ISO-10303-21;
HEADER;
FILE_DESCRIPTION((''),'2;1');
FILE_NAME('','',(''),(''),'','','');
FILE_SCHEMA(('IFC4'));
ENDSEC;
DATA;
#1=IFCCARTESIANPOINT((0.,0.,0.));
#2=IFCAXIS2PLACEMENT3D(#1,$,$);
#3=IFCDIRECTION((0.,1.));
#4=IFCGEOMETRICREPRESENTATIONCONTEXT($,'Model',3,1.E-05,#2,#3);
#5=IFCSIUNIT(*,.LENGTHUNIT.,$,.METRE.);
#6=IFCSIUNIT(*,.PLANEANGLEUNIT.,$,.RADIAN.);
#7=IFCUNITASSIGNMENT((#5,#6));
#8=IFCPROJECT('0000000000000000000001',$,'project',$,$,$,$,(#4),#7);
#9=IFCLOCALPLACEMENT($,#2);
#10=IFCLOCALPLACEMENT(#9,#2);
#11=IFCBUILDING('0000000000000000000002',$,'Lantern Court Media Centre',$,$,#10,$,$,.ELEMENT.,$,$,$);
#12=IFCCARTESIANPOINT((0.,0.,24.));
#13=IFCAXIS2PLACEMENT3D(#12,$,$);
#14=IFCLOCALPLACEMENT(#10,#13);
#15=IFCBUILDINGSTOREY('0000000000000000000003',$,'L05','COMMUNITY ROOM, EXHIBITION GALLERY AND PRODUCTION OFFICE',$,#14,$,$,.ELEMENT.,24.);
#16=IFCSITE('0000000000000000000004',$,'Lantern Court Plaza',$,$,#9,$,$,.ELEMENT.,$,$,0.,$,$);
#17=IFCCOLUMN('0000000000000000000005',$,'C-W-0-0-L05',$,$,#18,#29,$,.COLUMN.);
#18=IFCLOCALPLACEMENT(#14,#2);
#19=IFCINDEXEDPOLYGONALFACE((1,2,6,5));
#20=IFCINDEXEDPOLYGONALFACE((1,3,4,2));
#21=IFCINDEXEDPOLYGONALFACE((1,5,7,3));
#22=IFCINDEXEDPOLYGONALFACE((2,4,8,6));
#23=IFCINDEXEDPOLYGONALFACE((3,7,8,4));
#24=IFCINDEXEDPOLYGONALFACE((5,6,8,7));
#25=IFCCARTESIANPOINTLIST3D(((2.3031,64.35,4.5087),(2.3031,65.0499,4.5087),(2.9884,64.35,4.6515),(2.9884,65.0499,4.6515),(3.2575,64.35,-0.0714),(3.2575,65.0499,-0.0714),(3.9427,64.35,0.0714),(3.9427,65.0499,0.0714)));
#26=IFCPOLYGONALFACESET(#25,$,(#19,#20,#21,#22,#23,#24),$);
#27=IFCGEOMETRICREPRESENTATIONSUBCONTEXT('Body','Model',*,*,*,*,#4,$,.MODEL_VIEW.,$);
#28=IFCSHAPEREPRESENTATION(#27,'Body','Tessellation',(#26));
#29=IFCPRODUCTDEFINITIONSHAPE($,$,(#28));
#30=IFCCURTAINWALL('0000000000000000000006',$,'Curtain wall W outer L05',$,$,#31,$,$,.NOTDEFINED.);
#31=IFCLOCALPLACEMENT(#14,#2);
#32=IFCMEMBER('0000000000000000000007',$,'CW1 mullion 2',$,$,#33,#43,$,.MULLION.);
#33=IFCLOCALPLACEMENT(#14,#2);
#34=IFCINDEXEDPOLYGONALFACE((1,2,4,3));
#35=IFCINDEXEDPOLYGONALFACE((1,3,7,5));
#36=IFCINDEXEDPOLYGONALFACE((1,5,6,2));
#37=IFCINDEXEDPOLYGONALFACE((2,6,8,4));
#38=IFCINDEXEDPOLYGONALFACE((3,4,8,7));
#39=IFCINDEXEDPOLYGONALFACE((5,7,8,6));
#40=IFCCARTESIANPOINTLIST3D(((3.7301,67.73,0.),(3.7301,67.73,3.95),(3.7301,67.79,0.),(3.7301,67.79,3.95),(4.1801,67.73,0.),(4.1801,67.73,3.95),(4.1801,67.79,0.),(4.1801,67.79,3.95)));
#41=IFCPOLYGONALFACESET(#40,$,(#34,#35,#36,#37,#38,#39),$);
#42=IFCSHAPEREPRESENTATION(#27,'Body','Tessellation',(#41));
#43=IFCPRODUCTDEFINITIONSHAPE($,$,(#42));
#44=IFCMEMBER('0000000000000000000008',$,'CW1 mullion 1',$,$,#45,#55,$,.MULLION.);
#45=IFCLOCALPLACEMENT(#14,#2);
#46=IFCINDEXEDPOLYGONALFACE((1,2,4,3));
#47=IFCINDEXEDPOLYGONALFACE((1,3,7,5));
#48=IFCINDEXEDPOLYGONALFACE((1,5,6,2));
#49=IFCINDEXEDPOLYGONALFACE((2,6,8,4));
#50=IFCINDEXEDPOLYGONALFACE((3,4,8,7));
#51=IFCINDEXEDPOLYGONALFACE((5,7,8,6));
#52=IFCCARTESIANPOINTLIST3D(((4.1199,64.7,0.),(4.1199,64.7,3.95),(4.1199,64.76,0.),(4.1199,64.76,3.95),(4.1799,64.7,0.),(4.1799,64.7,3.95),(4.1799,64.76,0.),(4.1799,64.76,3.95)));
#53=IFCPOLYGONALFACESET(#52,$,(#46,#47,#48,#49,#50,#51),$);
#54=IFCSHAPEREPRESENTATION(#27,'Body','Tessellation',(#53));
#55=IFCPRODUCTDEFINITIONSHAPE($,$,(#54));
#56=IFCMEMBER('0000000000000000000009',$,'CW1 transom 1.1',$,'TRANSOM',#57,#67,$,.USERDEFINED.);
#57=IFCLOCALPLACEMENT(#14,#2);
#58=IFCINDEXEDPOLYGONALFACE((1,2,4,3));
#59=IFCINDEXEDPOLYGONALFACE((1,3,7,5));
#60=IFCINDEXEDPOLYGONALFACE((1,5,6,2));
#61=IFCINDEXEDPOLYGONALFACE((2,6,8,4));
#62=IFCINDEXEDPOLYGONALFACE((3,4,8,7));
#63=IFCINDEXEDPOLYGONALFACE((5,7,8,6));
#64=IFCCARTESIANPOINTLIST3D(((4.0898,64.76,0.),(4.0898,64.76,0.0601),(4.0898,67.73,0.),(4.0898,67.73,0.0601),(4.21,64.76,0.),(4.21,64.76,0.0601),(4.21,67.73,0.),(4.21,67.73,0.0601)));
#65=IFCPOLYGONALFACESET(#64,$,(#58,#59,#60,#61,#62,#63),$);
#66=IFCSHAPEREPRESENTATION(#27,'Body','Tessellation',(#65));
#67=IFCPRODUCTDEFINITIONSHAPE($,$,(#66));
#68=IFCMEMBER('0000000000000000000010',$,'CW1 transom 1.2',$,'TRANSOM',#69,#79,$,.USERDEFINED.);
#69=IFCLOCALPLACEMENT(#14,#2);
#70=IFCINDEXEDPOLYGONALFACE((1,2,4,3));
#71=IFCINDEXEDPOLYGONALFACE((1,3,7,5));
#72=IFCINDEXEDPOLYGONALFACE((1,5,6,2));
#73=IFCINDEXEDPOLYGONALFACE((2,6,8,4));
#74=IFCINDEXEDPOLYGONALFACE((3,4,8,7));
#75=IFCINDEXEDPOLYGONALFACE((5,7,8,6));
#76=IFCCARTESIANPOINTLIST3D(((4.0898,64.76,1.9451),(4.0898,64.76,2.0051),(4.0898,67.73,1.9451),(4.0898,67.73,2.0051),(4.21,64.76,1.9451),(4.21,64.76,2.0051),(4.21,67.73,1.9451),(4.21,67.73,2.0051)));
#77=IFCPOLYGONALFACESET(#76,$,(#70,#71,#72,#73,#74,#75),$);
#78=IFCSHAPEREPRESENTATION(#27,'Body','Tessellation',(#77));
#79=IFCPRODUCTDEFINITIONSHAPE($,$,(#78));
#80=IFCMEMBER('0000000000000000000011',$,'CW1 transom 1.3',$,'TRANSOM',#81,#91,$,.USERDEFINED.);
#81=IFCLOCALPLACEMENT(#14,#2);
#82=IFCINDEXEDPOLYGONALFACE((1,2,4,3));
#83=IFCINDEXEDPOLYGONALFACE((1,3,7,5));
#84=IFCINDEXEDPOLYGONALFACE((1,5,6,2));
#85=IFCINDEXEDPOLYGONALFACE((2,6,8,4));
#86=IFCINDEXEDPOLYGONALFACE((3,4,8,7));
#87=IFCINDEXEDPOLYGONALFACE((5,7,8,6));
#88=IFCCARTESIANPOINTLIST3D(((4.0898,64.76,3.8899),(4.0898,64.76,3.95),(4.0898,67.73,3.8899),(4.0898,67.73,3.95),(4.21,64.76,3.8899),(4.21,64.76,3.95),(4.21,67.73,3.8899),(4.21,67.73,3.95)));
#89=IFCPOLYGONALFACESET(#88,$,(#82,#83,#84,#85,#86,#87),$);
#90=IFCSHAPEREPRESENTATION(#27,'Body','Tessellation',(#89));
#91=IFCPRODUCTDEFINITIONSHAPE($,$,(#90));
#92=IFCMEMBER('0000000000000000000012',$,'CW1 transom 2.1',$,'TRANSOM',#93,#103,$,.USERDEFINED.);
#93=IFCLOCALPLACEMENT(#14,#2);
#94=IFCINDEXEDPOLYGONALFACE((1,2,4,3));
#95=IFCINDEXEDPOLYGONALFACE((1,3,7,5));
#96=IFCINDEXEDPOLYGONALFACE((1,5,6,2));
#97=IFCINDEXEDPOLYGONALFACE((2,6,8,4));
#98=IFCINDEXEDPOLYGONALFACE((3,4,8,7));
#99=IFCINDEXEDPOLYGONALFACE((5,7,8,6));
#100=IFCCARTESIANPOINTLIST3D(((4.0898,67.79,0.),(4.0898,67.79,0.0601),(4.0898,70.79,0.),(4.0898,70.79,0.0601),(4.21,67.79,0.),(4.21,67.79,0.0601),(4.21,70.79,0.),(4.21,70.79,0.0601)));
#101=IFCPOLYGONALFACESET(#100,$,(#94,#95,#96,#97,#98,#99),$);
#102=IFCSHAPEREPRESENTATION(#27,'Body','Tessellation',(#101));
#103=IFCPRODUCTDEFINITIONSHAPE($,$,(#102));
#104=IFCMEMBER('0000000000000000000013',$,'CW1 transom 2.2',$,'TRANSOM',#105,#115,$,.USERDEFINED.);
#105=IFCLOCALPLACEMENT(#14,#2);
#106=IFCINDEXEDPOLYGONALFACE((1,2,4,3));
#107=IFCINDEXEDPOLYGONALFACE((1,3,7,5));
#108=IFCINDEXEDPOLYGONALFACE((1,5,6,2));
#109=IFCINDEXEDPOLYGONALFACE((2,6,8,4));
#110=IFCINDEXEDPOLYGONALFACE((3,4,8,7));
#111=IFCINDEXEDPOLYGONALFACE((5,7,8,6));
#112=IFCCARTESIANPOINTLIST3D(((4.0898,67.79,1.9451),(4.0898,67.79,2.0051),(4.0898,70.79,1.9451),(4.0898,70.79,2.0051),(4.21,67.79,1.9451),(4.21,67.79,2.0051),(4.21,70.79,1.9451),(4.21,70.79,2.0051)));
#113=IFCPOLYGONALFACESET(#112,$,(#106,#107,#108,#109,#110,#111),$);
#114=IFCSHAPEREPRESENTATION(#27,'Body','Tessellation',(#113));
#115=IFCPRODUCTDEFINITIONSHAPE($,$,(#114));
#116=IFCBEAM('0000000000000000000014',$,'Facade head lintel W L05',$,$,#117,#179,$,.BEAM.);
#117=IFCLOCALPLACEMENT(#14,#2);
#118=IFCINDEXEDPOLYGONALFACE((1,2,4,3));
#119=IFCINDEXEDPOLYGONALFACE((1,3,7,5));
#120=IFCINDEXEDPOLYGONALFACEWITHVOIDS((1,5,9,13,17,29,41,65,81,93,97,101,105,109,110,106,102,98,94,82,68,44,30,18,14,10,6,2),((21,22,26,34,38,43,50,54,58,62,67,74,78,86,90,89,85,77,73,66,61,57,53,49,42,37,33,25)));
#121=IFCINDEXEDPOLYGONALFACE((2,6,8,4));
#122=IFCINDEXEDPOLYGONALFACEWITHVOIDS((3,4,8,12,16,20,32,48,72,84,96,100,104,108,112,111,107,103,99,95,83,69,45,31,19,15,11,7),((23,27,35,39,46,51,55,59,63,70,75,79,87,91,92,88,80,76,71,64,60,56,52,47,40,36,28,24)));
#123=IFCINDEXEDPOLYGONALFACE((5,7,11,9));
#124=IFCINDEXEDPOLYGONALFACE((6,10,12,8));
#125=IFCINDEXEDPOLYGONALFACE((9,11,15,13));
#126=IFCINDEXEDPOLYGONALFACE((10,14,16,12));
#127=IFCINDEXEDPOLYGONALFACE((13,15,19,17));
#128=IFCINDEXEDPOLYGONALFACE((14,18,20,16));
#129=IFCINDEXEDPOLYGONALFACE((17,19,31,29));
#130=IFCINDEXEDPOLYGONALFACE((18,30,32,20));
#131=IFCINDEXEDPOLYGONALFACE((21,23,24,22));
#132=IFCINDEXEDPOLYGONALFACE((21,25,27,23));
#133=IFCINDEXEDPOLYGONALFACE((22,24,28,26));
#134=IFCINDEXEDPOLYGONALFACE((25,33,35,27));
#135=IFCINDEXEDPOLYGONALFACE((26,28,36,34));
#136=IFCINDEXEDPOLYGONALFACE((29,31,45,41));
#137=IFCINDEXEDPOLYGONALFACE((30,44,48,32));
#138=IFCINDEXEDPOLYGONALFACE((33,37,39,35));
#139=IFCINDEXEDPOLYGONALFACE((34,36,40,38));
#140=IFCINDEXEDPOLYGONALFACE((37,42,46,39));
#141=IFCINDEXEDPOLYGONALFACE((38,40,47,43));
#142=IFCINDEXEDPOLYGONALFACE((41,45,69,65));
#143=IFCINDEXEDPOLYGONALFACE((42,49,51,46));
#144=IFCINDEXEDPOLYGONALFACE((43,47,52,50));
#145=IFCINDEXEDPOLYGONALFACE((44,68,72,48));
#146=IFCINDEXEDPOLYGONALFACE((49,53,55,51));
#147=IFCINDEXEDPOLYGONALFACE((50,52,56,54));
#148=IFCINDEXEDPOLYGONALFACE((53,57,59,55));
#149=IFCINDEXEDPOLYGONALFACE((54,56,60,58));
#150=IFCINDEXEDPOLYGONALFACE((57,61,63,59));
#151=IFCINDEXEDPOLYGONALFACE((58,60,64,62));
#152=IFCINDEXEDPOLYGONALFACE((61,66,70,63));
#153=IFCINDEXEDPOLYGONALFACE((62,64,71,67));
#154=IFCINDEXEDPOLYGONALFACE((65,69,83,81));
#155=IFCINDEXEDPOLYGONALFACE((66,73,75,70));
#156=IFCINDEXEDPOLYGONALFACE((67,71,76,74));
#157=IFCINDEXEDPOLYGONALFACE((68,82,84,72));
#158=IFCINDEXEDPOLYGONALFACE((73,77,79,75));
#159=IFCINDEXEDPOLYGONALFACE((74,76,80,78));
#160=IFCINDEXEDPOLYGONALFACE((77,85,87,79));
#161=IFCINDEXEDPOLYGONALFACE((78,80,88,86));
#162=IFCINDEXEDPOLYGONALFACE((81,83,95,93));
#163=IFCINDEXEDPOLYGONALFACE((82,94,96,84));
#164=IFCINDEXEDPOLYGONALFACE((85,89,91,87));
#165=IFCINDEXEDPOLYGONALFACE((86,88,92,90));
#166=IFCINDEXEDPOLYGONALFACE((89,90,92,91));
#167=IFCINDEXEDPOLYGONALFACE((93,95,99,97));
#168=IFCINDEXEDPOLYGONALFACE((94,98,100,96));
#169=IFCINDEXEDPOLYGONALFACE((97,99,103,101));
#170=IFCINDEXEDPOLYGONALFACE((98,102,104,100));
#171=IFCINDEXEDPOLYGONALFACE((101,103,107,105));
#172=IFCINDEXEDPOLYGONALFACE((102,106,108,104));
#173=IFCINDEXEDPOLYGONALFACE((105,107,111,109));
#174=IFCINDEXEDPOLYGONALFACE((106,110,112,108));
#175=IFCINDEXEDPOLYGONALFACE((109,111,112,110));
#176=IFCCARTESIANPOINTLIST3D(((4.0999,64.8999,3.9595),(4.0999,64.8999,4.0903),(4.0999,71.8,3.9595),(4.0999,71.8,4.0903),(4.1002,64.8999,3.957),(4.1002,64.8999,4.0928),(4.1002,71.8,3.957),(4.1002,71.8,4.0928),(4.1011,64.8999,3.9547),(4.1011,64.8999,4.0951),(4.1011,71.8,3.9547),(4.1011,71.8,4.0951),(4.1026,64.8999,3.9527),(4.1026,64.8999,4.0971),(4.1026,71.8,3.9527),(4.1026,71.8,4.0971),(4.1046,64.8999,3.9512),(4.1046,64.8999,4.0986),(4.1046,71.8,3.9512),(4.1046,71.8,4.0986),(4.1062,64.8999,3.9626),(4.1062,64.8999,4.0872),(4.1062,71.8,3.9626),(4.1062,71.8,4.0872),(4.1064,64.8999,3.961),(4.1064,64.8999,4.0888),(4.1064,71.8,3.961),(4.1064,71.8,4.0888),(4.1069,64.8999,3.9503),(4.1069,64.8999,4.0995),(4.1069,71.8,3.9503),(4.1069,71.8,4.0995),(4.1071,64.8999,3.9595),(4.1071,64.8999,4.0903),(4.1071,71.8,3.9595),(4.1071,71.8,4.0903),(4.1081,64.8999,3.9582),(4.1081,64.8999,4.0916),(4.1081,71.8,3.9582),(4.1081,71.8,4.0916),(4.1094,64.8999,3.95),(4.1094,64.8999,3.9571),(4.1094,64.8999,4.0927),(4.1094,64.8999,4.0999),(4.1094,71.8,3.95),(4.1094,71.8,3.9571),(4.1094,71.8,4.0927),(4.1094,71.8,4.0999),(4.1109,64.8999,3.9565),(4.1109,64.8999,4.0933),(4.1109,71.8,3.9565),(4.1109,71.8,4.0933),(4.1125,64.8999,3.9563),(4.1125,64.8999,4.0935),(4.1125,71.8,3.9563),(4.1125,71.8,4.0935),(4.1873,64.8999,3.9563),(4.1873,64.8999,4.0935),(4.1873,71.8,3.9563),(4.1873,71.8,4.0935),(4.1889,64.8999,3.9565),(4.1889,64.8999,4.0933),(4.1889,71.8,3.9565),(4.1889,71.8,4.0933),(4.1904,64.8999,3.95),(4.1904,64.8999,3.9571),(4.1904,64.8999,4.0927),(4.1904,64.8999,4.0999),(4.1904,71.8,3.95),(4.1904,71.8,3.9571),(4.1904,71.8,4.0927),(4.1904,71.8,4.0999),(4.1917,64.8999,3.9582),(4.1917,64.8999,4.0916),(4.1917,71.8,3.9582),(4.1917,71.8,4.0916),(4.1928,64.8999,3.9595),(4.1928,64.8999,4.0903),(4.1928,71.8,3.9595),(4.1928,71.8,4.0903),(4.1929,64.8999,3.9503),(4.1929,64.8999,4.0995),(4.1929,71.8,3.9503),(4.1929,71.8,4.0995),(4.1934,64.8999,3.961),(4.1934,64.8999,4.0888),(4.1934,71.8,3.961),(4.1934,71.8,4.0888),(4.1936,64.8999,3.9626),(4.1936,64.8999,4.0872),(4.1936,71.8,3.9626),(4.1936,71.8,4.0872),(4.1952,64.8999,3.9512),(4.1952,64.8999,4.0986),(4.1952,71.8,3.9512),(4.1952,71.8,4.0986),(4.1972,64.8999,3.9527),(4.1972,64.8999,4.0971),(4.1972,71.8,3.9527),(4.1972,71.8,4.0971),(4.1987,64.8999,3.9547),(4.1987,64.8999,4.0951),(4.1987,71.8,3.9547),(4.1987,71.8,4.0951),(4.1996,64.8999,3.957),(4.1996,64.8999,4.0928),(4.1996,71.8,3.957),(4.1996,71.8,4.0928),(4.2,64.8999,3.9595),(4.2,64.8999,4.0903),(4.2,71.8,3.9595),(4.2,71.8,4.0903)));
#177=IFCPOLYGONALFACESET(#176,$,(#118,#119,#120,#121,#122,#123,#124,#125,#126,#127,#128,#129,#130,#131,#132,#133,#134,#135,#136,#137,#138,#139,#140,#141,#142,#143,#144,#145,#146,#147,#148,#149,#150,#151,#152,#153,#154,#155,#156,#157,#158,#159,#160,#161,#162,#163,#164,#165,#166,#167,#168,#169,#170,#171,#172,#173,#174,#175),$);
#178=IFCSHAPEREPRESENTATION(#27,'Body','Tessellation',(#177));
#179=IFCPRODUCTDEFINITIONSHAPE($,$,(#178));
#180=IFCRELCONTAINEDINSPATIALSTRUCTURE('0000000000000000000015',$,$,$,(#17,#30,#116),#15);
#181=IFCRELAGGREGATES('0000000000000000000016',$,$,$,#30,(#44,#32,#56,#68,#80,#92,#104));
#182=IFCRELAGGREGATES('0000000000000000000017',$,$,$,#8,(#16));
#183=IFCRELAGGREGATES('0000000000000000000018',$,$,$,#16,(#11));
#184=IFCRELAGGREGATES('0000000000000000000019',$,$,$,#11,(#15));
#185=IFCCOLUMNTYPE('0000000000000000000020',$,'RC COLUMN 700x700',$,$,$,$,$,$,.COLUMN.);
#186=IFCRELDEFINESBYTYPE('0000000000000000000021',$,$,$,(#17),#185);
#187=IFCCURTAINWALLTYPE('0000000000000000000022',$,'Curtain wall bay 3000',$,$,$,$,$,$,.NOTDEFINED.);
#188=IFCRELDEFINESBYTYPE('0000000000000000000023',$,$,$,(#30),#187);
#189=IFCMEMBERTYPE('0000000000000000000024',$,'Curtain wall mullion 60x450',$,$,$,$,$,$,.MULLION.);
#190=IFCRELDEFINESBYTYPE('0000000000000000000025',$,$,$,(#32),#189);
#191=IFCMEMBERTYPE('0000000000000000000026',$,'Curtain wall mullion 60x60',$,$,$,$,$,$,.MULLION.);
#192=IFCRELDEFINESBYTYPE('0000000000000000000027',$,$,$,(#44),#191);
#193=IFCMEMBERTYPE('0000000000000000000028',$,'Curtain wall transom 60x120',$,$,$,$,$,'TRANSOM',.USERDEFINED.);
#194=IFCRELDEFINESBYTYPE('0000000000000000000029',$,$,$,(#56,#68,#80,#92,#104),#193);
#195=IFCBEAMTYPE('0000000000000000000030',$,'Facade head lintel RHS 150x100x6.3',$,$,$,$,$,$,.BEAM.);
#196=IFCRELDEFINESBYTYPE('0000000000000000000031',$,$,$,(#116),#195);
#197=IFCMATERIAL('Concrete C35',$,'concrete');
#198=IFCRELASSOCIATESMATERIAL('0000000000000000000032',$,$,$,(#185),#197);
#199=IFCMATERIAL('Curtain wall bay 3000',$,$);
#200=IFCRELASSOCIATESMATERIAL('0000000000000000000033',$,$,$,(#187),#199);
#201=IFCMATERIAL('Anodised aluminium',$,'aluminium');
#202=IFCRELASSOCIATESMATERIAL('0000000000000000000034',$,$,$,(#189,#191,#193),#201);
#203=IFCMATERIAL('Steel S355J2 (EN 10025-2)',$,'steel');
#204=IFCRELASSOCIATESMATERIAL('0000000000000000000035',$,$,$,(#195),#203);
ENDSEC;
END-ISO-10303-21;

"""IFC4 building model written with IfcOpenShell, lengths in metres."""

from ifc_helpers import new_model, si_unit, direction, frame, origin, origin_2d, place, context, subcontext, project, spatial, rectangle, hollow_rectangle, extrude, material, material_profile, profile_set, type_object, element, aggregate, save


model = new_model("IFC4")

# Units and contexts
model_context = context("Model", 3, precision=1e-05, world=origin(), true_north=direction((0.0, 1.0)))
body_context = subcontext(model_context, "Body", "Model", "MODEL_VIEW")
ifc_project = project(units=[si_unit("LENGTHUNIT", "METRE"), si_unit("PLANEANGLEUNIT", "RADIAN")], contexts=[model_context])

# Site, building, storey
site_placement = place(None, origin())
site = spatial("IfcSite", under=ifc_project, at=site_placement, Name="Lantern Court Plaza", CompositionType="ELEMENT", RefElevation=0.0)
building_placement = place(site_placement, origin())
building = spatial("IfcBuilding", under=site, at=building_placement, Name="Lantern Court Media Centre", CompositionType="ELEMENT")
storey_placement = place(building_placement, frame((0.0, 0.0, 24.0)))
storey = spatial("IfcBuildingStorey", under=building, at=storey_placement, Name="L05", Description="COMMUNITY ROOM, EXHIBITION GALLERY AND PRODUCTION OFFICE", CompositionType="ELEMENT", Elevation=24.0)

# Column
ifc_material_1 = material(Name="Concrete C35", Category="concrete")
ifc_material_profile_1 = material_profile(ifc_material_1, rectangle(XDim=0.7, YDim=0.7, at=origin_2d()), Name="RC 700x700")
ifc_profile_set_1 = profile_set([ifc_material_profile_1], Name="Concrete C35")
column_type = type_object("IfcColumnType", Name="RC COLUMN 700x700", PredefinedType="COLUMN", material=ifc_profile_set_1)
column_placement = place(storey_placement, frame((3.6001, 64.7, 0.0), z_axis=(-0.203988, 0.0, 0.978973), x_axis=(0.0, -1.0, 0.0)))
element("IfcColumn", 1, at=column_placement, inside=storey, type_object=column_type, Name="C-W-0-0-L05", PredefinedType="COLUMN", context=body_context, shape_type="SweptSolid", body=[
    extrude(rectangle(XDim=0.7, YDim=0.7, at=origin_2d()), origin(), (0.0, 0.0, 1.0), 4.6785),
])

# Curtain wall, members
ifc_material_2 = material(Name="Curtain wall bay 3000")
curtain_wall_type = type_object("IfcCurtainWallType", Name="Curtain wall bay 3000", PredefinedType="NOTDEFINED", material=ifc_material_2)
curtain_wall_placement = place(storey_placement, origin())
curtain_wall = element("IfcCurtainWall", 2, at=curtain_wall_placement, inside=storey, type_object=curtain_wall_type, Name="Curtain wall W outer L05", PredefinedType="NOTDEFINED")
ifc_material_3 = material(Name="Anodised aluminium", Category="aluminium")
ifc_material_profile_2 = material_profile(ifc_material_3, rectangle(XDim=0.45, YDim=0.0601, at=origin_2d()), Name="AL 60x450")
ifc_profile_set_2 = profile_set([ifc_material_profile_2], Name="Anodised aluminium")
member_type_1 = type_object("IfcMemberType", Name="Curtain wall mullion 60x450", PredefinedType="MULLION", material=ifc_profile_set_2)
member_1_placement = place(storey_placement, frame((3.9551, 67.76, 0.0), z_axis=(0.0, 0.0, 1.0), x_axis=(-1.0, 0.0, 0.0)))
member_1 = element("IfcMember", 3, at=member_1_placement, type_object=member_type_1, Name="CW1 mullion 2", PredefinedType="MULLION", context=body_context, shape_type="SweptSolid", body=[
    extrude(rectangle(XDim=0.45, YDim=0.0601, at=origin_2d()), origin(), (0.0, 0.0, 1.0), 3.95),
])
ifc_material_profile_3 = material_profile(ifc_material_3, rectangle(XDim=0.0601, YDim=0.0601, at=origin_2d()), Name="AL 60x60")
ifc_profile_set_3 = profile_set([ifc_material_profile_3], Name="Anodised aluminium")
member_type_2 = type_object("IfcMemberType", Name="Curtain wall mullion 60x60", PredefinedType="MULLION", material=ifc_profile_set_3)
member_2_placement = place(storey_placement, frame((4.1499, 64.73, 0.0), z_axis=(0.0, 0.0, 1.0), x_axis=(-1.0, 0.0, 0.0)))
member_2 = element("IfcMember", 4, at=member_2_placement, type_object=member_type_2, Name="CW1 mullion 1", PredefinedType="MULLION", context=body_context, shape_type="SweptSolid", body=[
    extrude(rectangle(XDim=0.0601, YDim=0.0601, at=origin_2d()), origin(), (0.0, 0.0, 1.0), 3.95),
])
ifc_material_profile_4 = material_profile(ifc_material_3, rectangle(XDim=0.1201, YDim=0.0601, at=origin_2d()), Name="AL 60x120")
ifc_profile_set_4 = profile_set([ifc_material_profile_4], Name="Anodised aluminium")
member_type_3 = type_object("IfcMemberType", Name="Curtain wall transom 60x120", ElementType="TRANSOM", PredefinedType="USERDEFINED", material=ifc_profile_set_4)
member_3_placement = place(storey_placement, frame((4.1499, 64.76, 0.03), z_axis=(0.0, 1.0, 0.0), x_axis=(-1.0, 0.0, 0.0)))
member_3 = element("IfcMember", 5, at=member_3_placement, type_object=member_type_3, Name="CW1 transom 1.1", ObjectType="TRANSOM", PredefinedType="USERDEFINED", context=body_context, shape_type="SweptSolid", body=[
    extrude(rectangle(XDim=0.1201, YDim=0.0601, at=origin_2d()), origin(), (0.0, 0.0, 1.0), 2.97),
])
member_4_placement = place(storey_placement, frame((4.1499, 64.76, 1.9751), z_axis=(0.0, 1.0, 0.0), x_axis=(-1.0, 0.0, 0.0)))
member_4 = element("IfcMember", 6, at=member_4_placement, type_object=member_type_3, Name="CW1 transom 1.2", ObjectType="TRANSOM", PredefinedType="USERDEFINED", context=body_context, shape_type="SweptSolid", body=[
    extrude(rectangle(XDim=0.1201, YDim=0.0601, at=origin_2d()), origin(), (0.0, 0.0, 1.0), 2.97),
])
member_5_placement = place(storey_placement, frame((4.1499, 64.76, 3.9199), z_axis=(0.0, 1.0, 0.0), x_axis=(-1.0, 0.0, 0.0)))
member_5 = element("IfcMember", 7, at=member_5_placement, type_object=member_type_3, Name="CW1 transom 1.3", ObjectType="TRANSOM", PredefinedType="USERDEFINED", context=body_context, shape_type="SweptSolid", body=[
    extrude(rectangle(XDim=0.1201, YDim=0.0601, at=origin_2d()), origin(), (0.0, 0.0, 1.0), 2.97),
])
member_6_placement = place(storey_placement, frame((4.1499, 67.79, 0.03), z_axis=(0.0, 1.0, 0.0), x_axis=(-1.0, 0.0, 0.0)))
member_6 = element("IfcMember", 8, at=member_6_placement, type_object=member_type_3, Name="CW1 transom 2.1", ObjectType="TRANSOM", PredefinedType="USERDEFINED", context=body_context, shape_type="SweptSolid", body=[
    extrude(rectangle(XDim=0.1201, YDim=0.0601, at=origin_2d()), origin(), (0.0, 0.0, 1.0), 3.0),
])
member_7_placement = place(storey_placement, frame((4.1499, 67.79, 1.9751), z_axis=(0.0, 1.0, 0.0), x_axis=(-1.0, 0.0, 0.0)))
member_7 = element("IfcMember", 9, at=member_7_placement, type_object=member_type_3, Name="CW1 transom 2.2", ObjectType="TRANSOM", PredefinedType="USERDEFINED", context=body_context, shape_type="SweptSolid", body=[
    extrude(rectangle(XDim=0.1201, YDim=0.0601, at=origin_2d()), origin(), (0.0, 0.0, 1.0), 3.0),
])

# Beam
ifc_material_4 = material(Name="Steel S355J2 (EN 10025-2)", Category="steel")
ifc_material_profile_5 = material_profile(ifc_material_4, hollow_rectangle(XDim=0.1001, YDim=0.1499, WallThickness=0.0063, InnerFilletRadius=0.0063, OuterFilletRadius=0.0095, at=origin_2d()), Name="Facade head lintel RHS 150x100x6.3")
ifc_profile_set_5 = profile_set([ifc_material_profile_5], Name="Steel S355J2 (EN 10025-2)")
beam_type_1 = type_object("IfcBeamType", Name="Facade head lintel RHS 150x100x6.3", PredefinedType="BEAM", material=ifc_profile_set_5)
beam_1_placement = place(storey_placement, frame((4.1499, 64.8999, 4.0249), z_axis=(0.0, 1.0, 0.0), x_axis=(-1.0, 0.0, 0.0)))
element("IfcBeam", 10, at=beam_1_placement, inside=storey, type_object=beam_type_1, Name="Facade head lintel W L05", PredefinedType="BEAM", context=body_context, shape_type="SweptSolid", body=[
    extrude(hollow_rectangle(XDim=0.1001, YDim=0.1499, WallThickness=0.0063, InnerFilletRadius=0.0063, OuterFilletRadius=0.0095, at=origin_2d()), origin(), (0.0, 0.0, 1.0), 6.9001),
])

aggregate(curtain_wall, [member_2, member_1, member_3, member_4, member_5, member_6, member_7])

save(model, "model.ifc")
